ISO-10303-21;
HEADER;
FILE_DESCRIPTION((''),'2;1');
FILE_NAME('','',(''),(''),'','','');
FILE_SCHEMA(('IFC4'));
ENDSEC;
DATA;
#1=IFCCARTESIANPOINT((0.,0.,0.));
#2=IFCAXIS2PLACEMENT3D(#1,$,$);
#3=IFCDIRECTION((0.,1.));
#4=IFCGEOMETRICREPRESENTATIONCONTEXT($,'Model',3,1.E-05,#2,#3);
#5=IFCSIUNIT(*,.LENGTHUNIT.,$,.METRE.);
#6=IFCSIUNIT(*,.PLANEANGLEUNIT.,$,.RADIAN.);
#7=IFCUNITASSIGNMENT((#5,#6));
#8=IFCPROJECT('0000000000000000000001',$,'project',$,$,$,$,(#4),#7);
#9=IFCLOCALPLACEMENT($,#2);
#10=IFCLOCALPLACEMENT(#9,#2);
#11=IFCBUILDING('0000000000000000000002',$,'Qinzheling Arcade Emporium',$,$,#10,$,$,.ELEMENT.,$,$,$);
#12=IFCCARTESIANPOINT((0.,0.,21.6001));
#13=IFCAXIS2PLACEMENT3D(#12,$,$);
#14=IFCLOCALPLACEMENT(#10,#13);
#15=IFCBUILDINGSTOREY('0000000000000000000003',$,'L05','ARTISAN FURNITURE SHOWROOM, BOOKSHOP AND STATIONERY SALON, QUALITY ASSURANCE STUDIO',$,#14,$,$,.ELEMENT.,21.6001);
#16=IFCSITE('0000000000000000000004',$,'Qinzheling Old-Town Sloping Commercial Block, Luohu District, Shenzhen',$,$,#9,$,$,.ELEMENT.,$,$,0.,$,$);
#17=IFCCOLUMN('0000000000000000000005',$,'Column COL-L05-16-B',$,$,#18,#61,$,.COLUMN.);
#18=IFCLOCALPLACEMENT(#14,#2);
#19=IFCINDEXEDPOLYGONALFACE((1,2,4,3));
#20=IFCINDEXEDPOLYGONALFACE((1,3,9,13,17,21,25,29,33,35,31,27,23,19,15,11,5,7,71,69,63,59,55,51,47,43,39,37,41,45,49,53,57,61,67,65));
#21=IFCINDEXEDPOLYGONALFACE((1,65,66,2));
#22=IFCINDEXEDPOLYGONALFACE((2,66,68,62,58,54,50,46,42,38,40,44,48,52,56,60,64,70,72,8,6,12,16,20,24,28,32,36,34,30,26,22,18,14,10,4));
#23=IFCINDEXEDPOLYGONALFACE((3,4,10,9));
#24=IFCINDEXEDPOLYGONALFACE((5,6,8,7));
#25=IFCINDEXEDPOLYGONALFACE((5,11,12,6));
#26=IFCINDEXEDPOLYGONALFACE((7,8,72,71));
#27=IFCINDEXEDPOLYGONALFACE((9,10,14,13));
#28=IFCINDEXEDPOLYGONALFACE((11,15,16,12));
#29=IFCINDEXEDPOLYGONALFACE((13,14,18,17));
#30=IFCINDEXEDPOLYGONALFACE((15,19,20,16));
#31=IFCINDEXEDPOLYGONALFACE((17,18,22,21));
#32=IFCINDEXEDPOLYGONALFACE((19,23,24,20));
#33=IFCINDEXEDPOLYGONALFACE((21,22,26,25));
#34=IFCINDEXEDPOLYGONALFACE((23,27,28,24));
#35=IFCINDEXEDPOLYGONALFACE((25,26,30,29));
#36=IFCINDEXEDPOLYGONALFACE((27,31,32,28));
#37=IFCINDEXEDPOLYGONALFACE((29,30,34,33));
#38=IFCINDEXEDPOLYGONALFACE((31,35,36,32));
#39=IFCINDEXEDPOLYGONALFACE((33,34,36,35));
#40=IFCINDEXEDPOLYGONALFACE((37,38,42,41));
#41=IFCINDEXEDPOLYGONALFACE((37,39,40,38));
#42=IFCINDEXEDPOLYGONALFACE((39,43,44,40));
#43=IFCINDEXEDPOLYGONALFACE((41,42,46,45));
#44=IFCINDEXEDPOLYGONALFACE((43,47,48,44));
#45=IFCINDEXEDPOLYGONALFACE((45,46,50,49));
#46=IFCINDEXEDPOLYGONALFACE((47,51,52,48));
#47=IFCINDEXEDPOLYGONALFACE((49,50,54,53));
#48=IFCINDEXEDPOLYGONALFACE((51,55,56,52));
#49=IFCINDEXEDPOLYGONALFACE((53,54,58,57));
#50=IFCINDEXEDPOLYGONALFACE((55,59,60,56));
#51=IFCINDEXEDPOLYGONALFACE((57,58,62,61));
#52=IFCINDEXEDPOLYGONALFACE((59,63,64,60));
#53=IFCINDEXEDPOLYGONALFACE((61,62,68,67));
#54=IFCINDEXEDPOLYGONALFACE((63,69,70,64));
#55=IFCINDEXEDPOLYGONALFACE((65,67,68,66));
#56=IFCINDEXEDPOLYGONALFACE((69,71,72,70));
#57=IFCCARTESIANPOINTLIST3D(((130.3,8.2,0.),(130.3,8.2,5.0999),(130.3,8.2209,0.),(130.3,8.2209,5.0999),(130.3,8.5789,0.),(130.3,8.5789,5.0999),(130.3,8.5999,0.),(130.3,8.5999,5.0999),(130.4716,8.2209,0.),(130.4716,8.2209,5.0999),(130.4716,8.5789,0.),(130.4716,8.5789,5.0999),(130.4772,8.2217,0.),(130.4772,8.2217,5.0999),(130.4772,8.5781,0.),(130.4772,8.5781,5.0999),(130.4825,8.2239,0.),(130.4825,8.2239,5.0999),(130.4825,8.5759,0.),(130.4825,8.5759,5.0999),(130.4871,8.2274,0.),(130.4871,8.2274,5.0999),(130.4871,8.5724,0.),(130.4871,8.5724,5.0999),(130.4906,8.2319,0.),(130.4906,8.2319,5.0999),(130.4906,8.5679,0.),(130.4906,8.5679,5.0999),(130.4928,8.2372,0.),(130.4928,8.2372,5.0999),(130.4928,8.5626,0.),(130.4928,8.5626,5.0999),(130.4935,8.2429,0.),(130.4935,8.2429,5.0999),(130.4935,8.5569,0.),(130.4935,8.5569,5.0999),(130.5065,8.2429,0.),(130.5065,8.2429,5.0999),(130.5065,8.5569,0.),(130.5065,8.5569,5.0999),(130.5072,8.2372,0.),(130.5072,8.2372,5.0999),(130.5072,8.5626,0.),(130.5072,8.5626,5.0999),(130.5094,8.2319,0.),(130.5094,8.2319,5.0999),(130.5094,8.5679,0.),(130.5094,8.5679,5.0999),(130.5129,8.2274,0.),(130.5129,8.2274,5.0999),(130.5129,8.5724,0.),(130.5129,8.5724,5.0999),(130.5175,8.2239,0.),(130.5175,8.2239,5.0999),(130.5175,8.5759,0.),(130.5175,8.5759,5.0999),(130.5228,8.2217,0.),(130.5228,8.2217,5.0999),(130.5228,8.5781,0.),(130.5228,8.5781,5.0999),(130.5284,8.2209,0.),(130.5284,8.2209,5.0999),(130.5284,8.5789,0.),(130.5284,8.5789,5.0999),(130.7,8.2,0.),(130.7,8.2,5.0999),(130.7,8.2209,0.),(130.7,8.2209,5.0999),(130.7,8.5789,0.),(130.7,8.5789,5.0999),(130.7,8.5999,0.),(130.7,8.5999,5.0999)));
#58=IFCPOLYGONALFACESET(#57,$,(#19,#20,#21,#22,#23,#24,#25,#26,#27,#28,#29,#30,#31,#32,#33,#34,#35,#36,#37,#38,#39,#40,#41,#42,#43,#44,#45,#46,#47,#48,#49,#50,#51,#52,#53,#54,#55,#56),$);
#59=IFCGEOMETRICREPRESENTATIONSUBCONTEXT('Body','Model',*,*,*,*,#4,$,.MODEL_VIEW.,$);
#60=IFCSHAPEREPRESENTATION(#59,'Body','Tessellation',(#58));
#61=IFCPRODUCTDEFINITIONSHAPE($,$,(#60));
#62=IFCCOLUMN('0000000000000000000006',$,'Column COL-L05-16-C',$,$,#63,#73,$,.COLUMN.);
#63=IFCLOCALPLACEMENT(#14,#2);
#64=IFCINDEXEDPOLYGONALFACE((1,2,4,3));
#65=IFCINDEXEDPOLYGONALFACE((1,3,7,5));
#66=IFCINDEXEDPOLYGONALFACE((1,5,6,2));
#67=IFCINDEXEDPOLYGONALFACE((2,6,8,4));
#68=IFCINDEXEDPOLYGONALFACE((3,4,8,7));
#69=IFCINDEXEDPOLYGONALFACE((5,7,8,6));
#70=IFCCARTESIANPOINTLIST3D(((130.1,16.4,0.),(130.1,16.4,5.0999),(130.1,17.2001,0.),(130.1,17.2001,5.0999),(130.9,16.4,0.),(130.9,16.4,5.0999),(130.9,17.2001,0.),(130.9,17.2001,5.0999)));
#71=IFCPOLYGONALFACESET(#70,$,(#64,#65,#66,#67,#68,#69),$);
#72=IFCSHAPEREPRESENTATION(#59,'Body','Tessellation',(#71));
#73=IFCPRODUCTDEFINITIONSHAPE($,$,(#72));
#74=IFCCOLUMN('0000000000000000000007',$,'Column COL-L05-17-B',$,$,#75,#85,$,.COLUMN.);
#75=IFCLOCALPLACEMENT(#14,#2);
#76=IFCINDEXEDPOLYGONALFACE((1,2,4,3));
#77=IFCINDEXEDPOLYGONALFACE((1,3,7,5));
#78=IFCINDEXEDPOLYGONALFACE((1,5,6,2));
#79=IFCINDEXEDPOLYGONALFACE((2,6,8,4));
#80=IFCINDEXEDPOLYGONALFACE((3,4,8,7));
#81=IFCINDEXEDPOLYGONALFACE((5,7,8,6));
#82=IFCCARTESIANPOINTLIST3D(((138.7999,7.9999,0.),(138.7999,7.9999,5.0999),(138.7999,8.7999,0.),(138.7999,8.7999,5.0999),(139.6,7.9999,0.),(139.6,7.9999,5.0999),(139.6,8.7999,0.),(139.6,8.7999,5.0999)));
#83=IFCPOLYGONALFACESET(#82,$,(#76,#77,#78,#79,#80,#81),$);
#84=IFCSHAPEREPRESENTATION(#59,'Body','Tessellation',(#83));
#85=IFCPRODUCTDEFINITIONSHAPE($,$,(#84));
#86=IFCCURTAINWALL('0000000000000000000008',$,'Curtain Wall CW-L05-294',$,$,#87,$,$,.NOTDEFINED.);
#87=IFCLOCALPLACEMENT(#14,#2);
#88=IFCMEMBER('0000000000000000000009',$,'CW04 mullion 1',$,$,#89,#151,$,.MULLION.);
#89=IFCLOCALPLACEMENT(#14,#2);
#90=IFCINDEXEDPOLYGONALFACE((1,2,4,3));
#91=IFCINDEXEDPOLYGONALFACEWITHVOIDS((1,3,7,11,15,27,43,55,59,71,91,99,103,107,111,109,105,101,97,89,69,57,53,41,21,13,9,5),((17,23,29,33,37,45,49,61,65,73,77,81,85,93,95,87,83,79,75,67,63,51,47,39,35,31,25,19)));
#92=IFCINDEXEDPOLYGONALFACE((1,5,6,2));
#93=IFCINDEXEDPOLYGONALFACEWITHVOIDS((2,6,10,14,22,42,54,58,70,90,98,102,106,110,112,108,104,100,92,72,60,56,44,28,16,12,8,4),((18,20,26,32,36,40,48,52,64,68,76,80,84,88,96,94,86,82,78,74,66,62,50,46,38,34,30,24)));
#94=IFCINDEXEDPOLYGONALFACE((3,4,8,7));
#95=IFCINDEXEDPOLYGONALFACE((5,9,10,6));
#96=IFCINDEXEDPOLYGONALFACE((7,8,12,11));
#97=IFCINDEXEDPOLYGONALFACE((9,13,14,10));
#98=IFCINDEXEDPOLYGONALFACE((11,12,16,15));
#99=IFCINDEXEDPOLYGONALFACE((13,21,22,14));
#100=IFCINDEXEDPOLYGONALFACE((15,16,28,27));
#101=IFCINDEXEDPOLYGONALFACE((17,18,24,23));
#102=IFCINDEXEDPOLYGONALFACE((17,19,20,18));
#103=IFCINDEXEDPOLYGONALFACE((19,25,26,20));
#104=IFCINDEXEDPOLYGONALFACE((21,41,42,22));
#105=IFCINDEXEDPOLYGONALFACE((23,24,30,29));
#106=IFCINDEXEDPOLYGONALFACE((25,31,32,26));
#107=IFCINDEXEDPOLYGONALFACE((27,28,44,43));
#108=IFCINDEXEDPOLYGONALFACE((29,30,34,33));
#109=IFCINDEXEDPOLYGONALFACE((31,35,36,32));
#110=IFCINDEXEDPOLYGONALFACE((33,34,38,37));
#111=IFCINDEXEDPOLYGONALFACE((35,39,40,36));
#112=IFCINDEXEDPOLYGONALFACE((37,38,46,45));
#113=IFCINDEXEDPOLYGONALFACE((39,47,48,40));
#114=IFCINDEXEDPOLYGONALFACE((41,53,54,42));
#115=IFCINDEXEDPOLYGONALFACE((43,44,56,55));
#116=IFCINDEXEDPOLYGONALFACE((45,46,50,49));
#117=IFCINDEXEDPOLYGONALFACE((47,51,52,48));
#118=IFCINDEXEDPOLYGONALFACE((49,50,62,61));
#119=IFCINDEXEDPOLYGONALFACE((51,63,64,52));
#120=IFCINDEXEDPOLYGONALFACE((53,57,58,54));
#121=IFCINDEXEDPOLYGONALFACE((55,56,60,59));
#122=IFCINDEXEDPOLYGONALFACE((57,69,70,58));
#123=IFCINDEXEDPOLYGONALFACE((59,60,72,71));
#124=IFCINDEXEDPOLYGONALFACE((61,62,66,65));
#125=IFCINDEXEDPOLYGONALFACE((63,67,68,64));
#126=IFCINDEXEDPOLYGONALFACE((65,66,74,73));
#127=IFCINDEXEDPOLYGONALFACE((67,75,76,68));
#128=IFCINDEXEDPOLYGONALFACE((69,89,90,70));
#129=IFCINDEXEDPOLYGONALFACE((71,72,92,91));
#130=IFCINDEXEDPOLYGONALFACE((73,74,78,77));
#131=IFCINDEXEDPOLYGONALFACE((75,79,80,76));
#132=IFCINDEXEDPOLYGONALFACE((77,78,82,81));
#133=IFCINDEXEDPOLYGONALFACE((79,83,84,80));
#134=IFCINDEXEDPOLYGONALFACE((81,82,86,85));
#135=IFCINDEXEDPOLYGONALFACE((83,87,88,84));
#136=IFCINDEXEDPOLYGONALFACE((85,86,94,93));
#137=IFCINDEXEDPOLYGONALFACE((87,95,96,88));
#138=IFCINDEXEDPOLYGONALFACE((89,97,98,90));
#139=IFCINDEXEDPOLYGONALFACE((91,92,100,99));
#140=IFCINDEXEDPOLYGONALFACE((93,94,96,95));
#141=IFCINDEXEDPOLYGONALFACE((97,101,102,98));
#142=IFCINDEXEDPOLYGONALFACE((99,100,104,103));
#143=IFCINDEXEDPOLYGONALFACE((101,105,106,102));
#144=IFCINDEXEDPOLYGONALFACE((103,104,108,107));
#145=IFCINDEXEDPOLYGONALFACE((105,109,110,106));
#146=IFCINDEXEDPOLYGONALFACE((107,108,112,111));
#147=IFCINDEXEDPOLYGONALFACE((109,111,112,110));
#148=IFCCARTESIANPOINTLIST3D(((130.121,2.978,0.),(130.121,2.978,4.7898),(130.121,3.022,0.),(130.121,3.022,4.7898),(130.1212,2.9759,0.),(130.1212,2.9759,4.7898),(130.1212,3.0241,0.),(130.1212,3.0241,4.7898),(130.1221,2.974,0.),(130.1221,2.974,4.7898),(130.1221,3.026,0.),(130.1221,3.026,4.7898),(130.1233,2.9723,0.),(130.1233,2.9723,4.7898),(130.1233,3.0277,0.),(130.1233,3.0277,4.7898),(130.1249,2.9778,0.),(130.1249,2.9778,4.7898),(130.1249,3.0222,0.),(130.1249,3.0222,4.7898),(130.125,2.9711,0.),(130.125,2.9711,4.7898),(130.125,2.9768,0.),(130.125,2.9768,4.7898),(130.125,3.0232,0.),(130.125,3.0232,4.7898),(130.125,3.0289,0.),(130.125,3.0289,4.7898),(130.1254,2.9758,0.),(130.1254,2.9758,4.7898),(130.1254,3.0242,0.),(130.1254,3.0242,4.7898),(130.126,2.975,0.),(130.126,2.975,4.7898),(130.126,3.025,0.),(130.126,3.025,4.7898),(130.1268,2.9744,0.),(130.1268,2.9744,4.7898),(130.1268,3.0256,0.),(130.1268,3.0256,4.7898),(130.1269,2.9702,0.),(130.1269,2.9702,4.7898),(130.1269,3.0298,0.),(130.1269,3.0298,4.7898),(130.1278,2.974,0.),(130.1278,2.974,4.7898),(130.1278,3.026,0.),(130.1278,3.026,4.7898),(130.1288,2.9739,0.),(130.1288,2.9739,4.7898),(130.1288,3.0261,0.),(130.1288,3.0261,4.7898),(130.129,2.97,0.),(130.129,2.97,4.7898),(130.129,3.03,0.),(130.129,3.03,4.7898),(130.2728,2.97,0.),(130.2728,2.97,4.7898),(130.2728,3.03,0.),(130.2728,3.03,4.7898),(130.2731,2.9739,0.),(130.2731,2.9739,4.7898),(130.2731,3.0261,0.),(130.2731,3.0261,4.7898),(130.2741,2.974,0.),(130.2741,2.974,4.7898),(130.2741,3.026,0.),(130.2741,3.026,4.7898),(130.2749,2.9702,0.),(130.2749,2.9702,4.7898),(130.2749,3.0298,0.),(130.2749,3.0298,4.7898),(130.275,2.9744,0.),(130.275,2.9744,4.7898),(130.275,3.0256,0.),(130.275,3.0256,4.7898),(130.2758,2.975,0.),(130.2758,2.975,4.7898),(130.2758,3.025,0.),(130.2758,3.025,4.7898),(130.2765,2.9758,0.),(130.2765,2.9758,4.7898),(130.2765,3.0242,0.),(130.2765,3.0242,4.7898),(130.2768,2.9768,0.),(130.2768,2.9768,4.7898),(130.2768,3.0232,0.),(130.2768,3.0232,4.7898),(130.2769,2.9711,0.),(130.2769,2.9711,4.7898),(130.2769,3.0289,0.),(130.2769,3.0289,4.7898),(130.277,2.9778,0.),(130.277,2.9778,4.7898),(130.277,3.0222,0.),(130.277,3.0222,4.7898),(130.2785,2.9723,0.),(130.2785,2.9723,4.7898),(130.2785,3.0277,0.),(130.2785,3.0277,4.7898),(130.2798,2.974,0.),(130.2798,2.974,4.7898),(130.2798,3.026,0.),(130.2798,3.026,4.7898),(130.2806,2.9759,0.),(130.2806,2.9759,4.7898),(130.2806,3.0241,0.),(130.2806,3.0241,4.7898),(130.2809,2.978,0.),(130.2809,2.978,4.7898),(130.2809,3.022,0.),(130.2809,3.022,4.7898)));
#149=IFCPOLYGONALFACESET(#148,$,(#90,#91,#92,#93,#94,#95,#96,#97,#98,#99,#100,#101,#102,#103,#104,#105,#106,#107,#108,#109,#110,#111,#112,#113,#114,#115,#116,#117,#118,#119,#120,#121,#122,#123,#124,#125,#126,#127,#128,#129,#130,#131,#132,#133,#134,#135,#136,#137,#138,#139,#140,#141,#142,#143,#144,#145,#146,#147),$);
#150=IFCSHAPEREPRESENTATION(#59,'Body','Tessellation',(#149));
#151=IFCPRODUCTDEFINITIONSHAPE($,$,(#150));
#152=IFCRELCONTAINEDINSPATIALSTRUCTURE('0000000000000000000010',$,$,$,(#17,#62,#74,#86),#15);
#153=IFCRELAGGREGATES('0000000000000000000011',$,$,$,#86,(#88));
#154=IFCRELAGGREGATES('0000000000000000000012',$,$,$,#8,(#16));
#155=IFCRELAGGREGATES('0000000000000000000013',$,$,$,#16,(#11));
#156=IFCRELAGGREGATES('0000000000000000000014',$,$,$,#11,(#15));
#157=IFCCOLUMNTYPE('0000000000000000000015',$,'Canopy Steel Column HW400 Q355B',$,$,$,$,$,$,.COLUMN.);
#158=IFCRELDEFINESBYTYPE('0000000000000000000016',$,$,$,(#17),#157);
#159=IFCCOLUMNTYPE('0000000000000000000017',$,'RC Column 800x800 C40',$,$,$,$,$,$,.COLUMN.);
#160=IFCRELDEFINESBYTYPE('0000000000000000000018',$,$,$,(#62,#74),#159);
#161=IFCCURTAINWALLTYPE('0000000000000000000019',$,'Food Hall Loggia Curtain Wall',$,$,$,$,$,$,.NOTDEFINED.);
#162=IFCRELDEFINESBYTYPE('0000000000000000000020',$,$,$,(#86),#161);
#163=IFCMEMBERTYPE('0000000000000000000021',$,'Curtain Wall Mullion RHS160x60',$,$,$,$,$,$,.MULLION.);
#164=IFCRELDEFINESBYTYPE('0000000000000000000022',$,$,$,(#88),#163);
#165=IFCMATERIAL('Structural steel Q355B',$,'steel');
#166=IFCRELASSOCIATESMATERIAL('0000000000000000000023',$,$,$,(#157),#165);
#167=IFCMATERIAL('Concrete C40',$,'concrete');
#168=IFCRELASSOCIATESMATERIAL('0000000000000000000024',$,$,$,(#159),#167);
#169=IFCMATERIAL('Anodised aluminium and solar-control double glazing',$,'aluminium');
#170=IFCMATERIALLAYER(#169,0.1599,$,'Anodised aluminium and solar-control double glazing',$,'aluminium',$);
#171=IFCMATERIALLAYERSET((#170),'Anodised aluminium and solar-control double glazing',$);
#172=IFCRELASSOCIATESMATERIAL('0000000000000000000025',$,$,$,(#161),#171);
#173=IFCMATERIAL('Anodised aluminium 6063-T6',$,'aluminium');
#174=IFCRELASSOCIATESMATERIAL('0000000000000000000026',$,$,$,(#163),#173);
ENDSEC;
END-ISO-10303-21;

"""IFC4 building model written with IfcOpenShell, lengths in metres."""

from ifc_helpers import new_model, si_unit, direction, frame, origin, origin_2d, place, context, subcontext, project, spatial, rectangle, hollow_rectangle, i_section, extrude, material, layer, layer_set, material_profile, profile_set, type_object, element, aggregate, save


model = new_model("IFC4")

# Units and contexts
model_context = context("Model", 3, precision=1e-05, world=origin(), true_north=direction((0.0, 1.0)))
body_context = subcontext(model_context, "Body", "Model", "MODEL_VIEW")
ifc_project = project(units=[si_unit("LENGTHUNIT", "METRE"), si_unit("PLANEANGLEUNIT", "RADIAN")], contexts=[model_context])

# Site, building, storey
site_placement = place(None, origin())
site = spatial("IfcSite", under=ifc_project, at=site_placement, Name="Qinzheling Old-Town Sloping Commercial Block, Luohu District, Shenzhen", CompositionType="ELEMENT", RefElevation=0.0)
building_placement = place(site_placement, origin())
building = spatial("IfcBuilding", under=site, at=building_placement, Name="Qinzheling Arcade Emporium", CompositionType="ELEMENT")
storey_placement = place(building_placement, frame((0.0, 0.0, 21.6001)))
storey = spatial("IfcBuildingStorey", under=building, at=storey_placement, Name="L05", Description="ARTISAN FURNITURE SHOWROOM, BOOKSHOP AND STATIONERY SALON, QUALITY ASSURANCE STUDIO", CompositionType="ELEMENT", Elevation=21.6001)

# Columns
ifc_material_1 = material(Name="Structural steel Q355B", Category="steel")
ifc_material_profile_1 = material_profile(ifc_material_1, i_section(OverallWidth=0.3999, OverallDepth=0.3999, WebThickness=0.0129, FlangeThickness=0.021, FilletRadius=0.022, at=origin_2d()), Name="HW 400x400x13x21", Category="steel")
ifc_profile_set_1 = profile_set([ifc_material_profile_1], Name="Structural steel Q355B")
column_type_1 = type_object("IfcColumnType", Name="Canopy Steel Column HW400 Q355B", PredefinedType="COLUMN", material=ifc_profile_set_1)
column_placement = place(storey_placement, frame((130.5, 8.3999, 0.0), z_axis=(0.0, 0.0, 1.0), x_axis=(1.0, 0.0, 0.0)))
element("IfcColumn", 1, at=column_placement, inside=storey, type_object=column_type_1, Name="Column COL-L05-16-B", PredefinedType="COLUMN", context=body_context, shape_type="SweptSolid", body=[
    extrude(i_section(OverallWidth=0.3999, OverallDepth=0.3999, WebThickness=0.0129, FlangeThickness=0.021, FilletRadius=0.022, at=origin_2d()), origin(), (0.0, 0.0, 1.0), 5.0999),
])
ifc_material_2 = material(Name="Concrete C40", Category="concrete")
ifc_material_profile_2 = material_profile(ifc_material_2, rectangle(XDim=0.8, YDim=0.8, at=origin_2d()), Name="RC 800x800", Category="concrete")
ifc_profile_set_2 = profile_set([ifc_material_profile_2], Name="Concrete C40")
column_type_2 = type_object("IfcColumnType", Name="RC Column 800x800 C40", PredefinedType="COLUMN", material=ifc_profile_set_2)
for number, where, z_axis, x_axis, name in (
    (2, (130.5, 16.8, 0.0), (0.0, 0.0, 1.0), (1.0, 0.0, 0.0), "Column COL-L05-16-C"),
    (3, (139.2, 8.3999, 0.0), (0.0, 0.0, 1.0), (1.0, 0.0, 0.0), "Column COL-L05-17-B"),
):
    element("IfcColumn", number, at=place(storey_placement, frame(where, z_axis=z_axis, x_axis=x_axis)), inside=storey, type_object=column_type_2, Name=name, PredefinedType="COLUMN", context=body_context, shape_type="SweptSolid", body=[
        extrude(rectangle(XDim=0.8, YDim=0.8, at=origin_2d()), origin(), (0.0, 0.0, 1.0), 5.0999),
    ])

# Curtain wall, member
ifc_material_3 = material(Name="Anodised aluminium and solar-control double glazing", Category="aluminium")
ifc_layer_1 = layer(ifc_material_3, 0.1599, Name="Anodised aluminium and solar-control double glazing", Category="aluminium")
ifc_layer_set_1 = layer_set([ifc_layer_1], Name="Anodised aluminium and solar-control double glazing")
curtain_wall_type = type_object("IfcCurtainWallType", Name="Food Hall Loggia Curtain Wall", PredefinedType="NOTDEFINED", material=ifc_layer_set_1)
curtain_wall_placement = place(storey_placement, origin())
curtain_wall = element("IfcCurtainWall", 4, at=curtain_wall_placement, inside=storey, type_object=curtain_wall_type, Name="Curtain Wall CW-L05-294", PredefinedType="NOTDEFINED")
ifc_material_4 = material(Name="Anodised aluminium 6063-T6", Category="aluminium")
ifc_material_profile_3 = material_profile(ifc_material_4, hollow_rectangle(XDim=0.0601, YDim=0.1599, WallThickness=0.0039, InnerFilletRadius=0.0039, OuterFilletRadius=0.0081, at=origin_2d()), Name="RHS 160x60x4", Category="aluminium")
ifc_profile_set_3 = profile_set([ifc_material_profile_3], Name="Anodised aluminium 6063-T6")
member_type_1 = type_object("IfcMemberType", Name="Curtain Wall Mullion RHS160x60", PredefinedType="MULLION", material=ifc_profile_set_3)
member_1_placement = place(storey_placement, frame((130.2009, 3.0, 0.0), z_axis=(0.0, 0.0, 1.0), x_axis=(0.0, -1.0, 0.0)))
member_1 = element("IfcMember", 5, at=member_1_placement, type_object=member_type_1, Name="CW04 mullion 1", PredefinedType="MULLION", context=body_context, shape_type="SweptSolid", body=[
    extrude(hollow_rectangle(XDim=0.0601, YDim=0.1599, WallThickness=0.0039, InnerFilletRadius=0.0039, OuterFilletRadius=0.0081, at=origin_2d()), origin(), (0.0, 0.0, 1.0), 4.7898),
])

aggregate(curtain_wall, [member_1])

save(model, "model.ifc")
